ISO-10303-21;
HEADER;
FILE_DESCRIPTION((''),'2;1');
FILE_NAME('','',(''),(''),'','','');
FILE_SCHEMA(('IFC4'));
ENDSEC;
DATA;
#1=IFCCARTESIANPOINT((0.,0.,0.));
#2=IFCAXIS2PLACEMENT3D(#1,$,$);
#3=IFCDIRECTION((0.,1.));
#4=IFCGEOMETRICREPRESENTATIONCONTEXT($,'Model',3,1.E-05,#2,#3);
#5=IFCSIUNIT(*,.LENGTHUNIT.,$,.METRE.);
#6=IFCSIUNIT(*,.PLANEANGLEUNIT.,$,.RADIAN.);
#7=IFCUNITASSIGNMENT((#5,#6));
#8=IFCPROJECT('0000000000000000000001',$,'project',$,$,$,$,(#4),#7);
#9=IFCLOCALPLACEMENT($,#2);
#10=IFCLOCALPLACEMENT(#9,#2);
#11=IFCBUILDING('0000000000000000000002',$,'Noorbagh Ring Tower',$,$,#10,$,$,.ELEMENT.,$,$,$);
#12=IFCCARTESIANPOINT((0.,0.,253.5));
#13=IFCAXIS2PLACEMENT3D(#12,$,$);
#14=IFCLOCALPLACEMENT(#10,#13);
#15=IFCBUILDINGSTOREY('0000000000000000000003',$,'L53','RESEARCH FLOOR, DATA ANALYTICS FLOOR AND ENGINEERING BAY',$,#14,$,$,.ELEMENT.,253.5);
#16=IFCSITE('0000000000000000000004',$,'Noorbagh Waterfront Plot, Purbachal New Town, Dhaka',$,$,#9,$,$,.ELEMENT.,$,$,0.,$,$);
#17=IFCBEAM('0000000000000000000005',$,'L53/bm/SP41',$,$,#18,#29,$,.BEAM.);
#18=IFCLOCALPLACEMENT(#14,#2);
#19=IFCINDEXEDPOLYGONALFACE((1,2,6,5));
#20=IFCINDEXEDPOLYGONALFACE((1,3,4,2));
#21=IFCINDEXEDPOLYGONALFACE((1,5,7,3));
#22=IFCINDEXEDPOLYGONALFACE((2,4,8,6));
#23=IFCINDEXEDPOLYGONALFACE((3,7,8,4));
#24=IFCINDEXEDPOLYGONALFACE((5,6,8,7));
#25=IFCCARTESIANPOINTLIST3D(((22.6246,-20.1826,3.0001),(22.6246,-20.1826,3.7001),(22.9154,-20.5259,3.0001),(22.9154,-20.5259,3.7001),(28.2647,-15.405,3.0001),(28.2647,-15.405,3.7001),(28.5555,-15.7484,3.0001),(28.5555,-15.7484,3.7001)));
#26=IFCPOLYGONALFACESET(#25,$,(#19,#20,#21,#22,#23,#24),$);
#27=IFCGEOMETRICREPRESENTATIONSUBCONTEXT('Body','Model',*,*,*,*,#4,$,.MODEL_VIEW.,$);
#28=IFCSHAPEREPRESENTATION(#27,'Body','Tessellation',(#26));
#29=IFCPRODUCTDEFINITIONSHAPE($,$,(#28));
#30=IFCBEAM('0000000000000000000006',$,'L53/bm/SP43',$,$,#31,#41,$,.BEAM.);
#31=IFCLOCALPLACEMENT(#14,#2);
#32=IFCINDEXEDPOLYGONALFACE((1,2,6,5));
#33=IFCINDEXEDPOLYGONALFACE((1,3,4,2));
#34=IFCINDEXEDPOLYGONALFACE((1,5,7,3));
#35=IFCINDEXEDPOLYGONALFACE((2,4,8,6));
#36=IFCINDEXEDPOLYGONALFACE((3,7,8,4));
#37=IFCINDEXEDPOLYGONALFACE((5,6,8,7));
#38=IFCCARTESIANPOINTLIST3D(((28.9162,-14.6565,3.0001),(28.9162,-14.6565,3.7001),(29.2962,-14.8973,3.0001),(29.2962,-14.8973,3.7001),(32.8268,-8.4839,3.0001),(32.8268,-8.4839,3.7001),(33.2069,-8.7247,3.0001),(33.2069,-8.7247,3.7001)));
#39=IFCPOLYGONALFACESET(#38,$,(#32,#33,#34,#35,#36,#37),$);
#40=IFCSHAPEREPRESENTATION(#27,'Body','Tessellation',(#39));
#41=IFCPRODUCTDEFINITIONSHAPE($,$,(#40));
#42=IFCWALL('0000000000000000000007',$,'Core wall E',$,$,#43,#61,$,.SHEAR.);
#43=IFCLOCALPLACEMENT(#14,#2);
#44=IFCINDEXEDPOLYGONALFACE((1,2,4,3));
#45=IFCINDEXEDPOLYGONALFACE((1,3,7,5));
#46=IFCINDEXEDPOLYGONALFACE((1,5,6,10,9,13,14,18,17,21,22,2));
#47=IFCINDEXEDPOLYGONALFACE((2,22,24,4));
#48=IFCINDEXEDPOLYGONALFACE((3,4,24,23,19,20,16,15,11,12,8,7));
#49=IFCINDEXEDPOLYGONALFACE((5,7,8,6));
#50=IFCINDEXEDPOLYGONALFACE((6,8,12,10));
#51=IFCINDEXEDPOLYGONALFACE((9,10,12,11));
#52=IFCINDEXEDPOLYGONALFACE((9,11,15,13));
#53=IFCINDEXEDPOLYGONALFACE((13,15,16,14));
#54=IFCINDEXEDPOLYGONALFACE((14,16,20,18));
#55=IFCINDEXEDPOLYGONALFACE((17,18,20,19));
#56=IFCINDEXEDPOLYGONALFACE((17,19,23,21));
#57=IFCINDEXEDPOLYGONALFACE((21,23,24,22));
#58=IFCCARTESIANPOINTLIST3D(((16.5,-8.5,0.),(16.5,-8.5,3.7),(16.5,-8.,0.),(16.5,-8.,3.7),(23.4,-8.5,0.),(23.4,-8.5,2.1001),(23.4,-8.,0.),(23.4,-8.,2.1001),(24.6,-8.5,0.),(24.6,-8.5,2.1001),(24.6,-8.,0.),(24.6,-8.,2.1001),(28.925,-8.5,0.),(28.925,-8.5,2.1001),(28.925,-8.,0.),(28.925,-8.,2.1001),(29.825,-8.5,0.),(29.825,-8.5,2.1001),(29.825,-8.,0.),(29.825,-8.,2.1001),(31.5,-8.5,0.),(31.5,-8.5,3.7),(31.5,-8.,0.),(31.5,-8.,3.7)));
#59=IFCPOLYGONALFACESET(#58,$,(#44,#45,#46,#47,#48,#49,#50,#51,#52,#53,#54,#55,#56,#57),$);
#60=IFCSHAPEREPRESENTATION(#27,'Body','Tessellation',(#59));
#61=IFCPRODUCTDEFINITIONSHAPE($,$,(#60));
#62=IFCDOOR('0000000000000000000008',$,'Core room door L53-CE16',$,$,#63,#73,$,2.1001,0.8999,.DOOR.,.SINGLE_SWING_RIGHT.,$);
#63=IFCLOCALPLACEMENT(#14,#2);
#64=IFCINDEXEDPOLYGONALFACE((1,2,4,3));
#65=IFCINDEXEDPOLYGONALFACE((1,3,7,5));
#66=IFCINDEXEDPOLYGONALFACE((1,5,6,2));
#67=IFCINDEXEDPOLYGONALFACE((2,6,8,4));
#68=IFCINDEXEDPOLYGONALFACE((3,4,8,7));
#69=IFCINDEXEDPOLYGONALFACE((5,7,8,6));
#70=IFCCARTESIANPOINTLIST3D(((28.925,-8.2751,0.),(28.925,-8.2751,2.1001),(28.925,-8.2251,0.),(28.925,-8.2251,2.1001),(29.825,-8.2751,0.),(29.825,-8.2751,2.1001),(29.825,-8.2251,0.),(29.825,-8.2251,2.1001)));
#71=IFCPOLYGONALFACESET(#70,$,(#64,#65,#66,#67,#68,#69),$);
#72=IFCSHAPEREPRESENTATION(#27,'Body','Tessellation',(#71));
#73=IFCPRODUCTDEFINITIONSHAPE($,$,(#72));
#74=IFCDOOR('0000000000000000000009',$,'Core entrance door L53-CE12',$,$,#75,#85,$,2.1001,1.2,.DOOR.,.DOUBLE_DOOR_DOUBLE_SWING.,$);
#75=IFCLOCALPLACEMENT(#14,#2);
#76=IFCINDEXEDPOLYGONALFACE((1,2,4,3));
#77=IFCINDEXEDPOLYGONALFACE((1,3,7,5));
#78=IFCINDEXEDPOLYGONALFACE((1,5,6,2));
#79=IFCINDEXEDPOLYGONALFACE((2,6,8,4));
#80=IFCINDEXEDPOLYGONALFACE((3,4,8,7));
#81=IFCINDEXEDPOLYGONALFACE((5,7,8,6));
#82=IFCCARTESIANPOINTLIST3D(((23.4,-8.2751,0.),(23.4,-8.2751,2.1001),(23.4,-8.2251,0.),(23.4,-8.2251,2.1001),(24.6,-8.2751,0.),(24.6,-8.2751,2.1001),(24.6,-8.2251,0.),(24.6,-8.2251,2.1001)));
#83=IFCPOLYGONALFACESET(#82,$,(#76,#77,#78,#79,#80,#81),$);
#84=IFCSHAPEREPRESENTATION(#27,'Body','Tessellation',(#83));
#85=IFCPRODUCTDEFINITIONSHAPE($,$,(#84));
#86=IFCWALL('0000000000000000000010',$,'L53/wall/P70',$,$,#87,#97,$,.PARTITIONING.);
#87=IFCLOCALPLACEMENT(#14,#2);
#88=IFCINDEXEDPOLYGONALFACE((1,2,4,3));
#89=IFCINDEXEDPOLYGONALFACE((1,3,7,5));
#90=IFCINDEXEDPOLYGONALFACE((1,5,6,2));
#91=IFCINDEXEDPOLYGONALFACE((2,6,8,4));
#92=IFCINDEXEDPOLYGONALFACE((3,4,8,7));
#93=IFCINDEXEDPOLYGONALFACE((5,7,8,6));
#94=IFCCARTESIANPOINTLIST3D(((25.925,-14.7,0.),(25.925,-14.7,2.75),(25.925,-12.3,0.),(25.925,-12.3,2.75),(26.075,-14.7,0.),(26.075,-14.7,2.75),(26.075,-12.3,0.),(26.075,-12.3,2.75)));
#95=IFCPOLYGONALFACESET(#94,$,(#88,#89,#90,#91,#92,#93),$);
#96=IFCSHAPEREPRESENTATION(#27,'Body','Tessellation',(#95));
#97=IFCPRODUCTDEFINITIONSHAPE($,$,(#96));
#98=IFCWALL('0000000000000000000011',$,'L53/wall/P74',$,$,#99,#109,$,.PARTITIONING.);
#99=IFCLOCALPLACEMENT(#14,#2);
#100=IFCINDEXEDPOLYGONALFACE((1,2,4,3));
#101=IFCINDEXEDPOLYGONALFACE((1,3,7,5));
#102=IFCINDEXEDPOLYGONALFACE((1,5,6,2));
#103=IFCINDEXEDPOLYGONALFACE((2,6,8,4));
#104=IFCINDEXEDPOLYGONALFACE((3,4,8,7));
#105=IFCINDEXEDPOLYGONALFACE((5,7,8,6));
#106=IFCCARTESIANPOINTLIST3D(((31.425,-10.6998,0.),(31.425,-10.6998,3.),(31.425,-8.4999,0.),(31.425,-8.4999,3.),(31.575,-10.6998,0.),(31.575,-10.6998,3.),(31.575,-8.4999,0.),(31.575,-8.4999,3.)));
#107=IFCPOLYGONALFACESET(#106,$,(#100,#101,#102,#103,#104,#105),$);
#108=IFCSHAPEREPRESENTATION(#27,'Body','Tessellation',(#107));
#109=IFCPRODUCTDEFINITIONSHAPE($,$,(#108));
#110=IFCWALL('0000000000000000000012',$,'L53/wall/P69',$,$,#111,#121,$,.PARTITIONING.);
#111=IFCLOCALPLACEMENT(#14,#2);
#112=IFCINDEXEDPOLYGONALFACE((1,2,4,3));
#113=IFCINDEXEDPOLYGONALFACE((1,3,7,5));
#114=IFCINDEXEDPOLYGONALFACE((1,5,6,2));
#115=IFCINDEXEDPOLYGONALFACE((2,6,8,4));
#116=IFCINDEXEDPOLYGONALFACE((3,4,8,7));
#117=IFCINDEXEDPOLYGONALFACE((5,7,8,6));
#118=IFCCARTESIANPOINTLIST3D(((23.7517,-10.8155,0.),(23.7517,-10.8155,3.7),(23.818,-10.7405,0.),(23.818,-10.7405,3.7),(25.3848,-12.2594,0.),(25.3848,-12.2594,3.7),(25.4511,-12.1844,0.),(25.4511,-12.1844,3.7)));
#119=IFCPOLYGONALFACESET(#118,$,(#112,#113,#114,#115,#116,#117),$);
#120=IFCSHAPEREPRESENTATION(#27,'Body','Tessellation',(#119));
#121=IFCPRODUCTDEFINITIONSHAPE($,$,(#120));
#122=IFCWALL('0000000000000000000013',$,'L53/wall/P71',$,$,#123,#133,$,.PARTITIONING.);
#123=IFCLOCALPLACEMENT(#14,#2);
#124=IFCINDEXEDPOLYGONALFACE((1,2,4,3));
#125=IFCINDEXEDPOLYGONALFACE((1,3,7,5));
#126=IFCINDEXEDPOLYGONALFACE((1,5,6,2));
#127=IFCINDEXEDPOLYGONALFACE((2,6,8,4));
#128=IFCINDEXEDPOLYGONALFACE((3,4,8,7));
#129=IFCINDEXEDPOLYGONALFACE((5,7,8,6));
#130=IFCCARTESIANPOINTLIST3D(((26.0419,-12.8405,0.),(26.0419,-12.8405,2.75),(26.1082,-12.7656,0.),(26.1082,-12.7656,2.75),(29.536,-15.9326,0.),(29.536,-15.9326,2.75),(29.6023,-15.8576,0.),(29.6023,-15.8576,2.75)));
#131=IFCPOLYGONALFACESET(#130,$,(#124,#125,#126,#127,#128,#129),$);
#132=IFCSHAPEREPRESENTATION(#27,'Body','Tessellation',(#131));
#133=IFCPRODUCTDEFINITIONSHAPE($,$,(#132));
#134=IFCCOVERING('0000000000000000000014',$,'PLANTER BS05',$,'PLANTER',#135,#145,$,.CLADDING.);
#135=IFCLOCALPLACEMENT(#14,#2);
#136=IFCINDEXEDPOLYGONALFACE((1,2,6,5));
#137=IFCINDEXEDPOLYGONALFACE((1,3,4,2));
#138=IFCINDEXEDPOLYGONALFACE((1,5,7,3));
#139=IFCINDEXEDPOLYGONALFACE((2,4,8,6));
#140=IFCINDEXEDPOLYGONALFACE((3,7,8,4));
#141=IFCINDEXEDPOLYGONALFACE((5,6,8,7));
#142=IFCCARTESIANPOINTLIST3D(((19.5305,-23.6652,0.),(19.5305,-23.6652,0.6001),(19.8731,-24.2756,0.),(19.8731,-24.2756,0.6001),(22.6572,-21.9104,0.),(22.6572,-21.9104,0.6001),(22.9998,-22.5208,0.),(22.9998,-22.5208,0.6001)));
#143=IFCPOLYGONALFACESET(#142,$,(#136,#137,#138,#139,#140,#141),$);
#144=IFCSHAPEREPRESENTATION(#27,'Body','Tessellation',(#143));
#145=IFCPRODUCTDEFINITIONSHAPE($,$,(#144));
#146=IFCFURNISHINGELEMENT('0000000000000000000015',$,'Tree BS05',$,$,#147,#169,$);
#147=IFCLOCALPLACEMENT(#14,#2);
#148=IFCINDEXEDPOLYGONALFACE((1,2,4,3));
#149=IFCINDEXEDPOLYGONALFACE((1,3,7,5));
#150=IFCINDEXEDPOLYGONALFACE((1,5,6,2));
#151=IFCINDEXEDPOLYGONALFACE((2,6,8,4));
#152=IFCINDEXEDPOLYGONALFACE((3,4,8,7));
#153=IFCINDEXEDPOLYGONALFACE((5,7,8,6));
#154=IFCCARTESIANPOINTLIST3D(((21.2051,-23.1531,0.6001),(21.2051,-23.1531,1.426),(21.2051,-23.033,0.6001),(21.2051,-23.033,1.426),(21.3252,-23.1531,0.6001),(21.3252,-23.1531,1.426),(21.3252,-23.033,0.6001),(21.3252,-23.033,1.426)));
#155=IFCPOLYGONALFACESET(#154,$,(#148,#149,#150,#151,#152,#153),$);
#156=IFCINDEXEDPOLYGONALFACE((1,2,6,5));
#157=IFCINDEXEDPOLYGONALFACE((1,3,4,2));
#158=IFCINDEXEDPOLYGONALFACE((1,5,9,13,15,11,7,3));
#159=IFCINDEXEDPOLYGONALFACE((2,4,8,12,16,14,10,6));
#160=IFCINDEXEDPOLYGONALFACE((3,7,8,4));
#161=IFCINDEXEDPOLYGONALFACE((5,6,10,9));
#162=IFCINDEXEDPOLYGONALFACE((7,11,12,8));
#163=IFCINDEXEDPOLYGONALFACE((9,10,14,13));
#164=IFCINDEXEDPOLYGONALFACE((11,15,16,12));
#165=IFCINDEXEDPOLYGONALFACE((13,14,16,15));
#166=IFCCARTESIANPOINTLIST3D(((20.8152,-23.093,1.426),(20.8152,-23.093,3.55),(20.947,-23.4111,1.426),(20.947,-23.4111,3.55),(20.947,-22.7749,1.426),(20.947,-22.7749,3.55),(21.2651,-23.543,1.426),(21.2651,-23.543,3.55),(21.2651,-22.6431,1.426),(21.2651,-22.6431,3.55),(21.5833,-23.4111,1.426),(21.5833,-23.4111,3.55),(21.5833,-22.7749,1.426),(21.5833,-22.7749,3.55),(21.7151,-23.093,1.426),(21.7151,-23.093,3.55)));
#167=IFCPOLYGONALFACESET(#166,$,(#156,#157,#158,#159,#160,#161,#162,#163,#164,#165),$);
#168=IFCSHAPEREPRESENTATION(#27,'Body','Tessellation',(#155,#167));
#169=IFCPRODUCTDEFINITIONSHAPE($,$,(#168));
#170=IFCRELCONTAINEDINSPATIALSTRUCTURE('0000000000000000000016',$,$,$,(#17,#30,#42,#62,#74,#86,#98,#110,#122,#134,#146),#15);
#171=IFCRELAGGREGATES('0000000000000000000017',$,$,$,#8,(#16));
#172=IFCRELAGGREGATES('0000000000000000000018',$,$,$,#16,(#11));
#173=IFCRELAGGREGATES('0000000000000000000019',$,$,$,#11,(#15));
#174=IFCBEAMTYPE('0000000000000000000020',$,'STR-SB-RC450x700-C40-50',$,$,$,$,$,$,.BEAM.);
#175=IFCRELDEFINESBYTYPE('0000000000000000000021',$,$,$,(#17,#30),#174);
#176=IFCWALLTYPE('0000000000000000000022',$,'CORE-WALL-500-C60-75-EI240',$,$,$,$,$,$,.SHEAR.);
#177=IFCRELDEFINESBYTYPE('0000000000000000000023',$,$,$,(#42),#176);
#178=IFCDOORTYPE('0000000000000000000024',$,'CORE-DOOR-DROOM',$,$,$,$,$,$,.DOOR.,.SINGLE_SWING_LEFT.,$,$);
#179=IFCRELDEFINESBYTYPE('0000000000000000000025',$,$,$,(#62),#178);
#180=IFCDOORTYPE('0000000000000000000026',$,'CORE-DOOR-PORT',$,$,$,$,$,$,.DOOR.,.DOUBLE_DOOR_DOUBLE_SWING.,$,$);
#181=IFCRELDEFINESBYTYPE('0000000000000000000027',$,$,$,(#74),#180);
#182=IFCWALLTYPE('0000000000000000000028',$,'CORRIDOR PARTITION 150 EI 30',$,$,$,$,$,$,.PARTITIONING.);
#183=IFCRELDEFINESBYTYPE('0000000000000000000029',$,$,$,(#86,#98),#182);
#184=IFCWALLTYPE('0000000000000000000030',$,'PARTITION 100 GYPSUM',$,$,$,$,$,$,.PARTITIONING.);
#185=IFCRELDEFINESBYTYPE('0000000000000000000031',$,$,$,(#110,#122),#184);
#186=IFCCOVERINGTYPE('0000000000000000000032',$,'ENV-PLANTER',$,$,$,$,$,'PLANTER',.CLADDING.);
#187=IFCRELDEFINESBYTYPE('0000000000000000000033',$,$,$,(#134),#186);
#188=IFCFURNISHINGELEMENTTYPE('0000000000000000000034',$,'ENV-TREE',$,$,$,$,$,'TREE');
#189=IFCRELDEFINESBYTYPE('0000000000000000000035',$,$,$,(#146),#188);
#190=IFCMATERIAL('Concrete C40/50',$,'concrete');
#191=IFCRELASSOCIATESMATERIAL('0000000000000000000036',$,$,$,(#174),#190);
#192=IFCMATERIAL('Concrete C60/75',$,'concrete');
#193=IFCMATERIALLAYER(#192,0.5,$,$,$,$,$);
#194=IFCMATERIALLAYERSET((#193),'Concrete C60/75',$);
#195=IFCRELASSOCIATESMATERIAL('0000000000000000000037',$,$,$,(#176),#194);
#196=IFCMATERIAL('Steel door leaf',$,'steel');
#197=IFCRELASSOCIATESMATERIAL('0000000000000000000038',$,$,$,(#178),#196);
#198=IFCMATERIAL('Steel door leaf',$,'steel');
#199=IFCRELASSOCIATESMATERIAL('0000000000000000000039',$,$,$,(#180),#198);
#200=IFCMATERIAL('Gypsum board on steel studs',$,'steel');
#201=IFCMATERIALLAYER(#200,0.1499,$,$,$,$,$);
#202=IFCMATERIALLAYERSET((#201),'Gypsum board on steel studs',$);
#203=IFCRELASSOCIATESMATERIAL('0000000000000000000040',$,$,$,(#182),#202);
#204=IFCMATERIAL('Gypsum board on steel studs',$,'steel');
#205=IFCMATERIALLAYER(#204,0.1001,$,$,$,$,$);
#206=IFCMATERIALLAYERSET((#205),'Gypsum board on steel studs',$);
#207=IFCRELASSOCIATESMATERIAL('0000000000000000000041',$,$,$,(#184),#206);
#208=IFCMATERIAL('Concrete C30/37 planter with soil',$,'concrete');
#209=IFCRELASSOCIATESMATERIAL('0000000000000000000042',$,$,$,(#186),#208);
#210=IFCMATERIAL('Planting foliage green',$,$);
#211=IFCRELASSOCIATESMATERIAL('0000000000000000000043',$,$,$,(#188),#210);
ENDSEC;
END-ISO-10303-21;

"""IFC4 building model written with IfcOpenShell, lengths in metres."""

from ifc_helpers import new_model, si_unit, direction, frame, frame_2d, origin, origin_2d, place, context, subcontext, project, spatial, polyline, rectangle, outline, extrude, material, layer, layer_set, material_profile, profile_set, type_object, element, fill, save


model = new_model("IFC4")

# Units and contexts
model_context = context("Model", 3, precision=1e-05, world=origin(), true_north=direction((0.0, 1.0)))
body_context = subcontext(model_context, "Body", "Model", "MODEL_VIEW")
ifc_project = project(units=[si_unit("LENGTHUNIT", "METRE"), si_unit("PLANEANGLEUNIT", "RADIAN")], contexts=[model_context])

# Site, building, storey
site_placement = place(None, origin())
site = spatial("IfcSite", under=ifc_project, at=site_placement, Name="Noorbagh Waterfront Plot, Purbachal New Town, Dhaka", CompositionType="ELEMENT", RefElevation=0.0)
building_placement = place(site_placement, origin())
building = spatial("IfcBuilding", under=site, at=building_placement, Name="Noorbagh Ring Tower", CompositionType="ELEMENT")
storey_placement = place(building_placement, frame((0.0, 0.0, 253.5)))
storey = spatial("IfcBuildingStorey", under=building, at=storey_placement, Name="L53", Description="RESEARCH FLOOR, DATA ANALYTICS FLOOR AND ENGINEERING BAY", CompositionType="ELEMENT", Elevation=253.5)

# Beams
ifc_material_1 = material(Name="Concrete C40/50", Category="concrete")
ifc_material_profile_1 = material_profile(ifc_material_1, rectangle(XDim=0.45, YDim=0.7, at=origin_2d()), Name="RC450x700")
ifc_profile_set_1 = profile_set([ifc_material_profile_1], Name="Concrete C40/50")
beam_type_1 = type_object("IfcBeamType", Name="STR-SB-RC450x700-C40-50", PredefinedType="BEAM", material=ifc_profile_set_1)
beam_1_placement = place(storey_placement, frame((22.77, -20.3542, 3.3501), z_axis=(0.763042, 0.646349, 0.0), x_axis=(-0.646349, 0.763042, 0.0)))
element("IfcBeam", 1, at=beam_1_placement, inside=storey, type_object=beam_type_1, Name="L53/bm/SP41", PredefinedType="BEAM", context=body_context, shape_type="SweptSolid", body=[
    extrude(rectangle(XDim=0.45, YDim=0.7, at=origin_2d()), origin(), (0.0, 0.0, 1.0), 7.3916),
])
beam_2_placement = place(storey_placement, frame((29.1062, -14.7769, 3.3501), z_axis=(0.535182, 0.844737, 0.0), x_axis=(-0.844737, 0.535182, 0.0)))
element("IfcBeam", 2, at=beam_2_placement, inside=storey, type_object=beam_type_1, Name="L53/bm/SP43", PredefinedType="BEAM", context=body_context, shape_type="SweptSolid", body=[
    extrude(rectangle(XDim=0.45, YDim=0.7, at=origin_2d()), origin(), (0.0, 0.0, 1.0), 7.3071),
])

# Wall, openings, doors
ifc_material_2 = material(Name="Concrete C60/75", Category="concrete")
ifc_layer_1 = layer(ifc_material_2, 0.5)
ifc_layer_set_1 = layer_set([ifc_layer_1], Name="Concrete C60/75")
wall_type_1 = type_object("IfcWallType", Name="CORE-WALL-500-C60-75-EI240", PredefinedType="SHEAR", material=ifc_layer_set_1)
wall_1_placement = place(storey_placement, frame((16.5, -8.25, 0.0), z_axis=(0.0, 0.0, 1.0), x_axis=(1.0, 0.0, 0.0)))
wall_1 = element("IfcWall", 3, at=wall_1_placement, inside=storey, type_object=wall_type_1, Name="Core wall E", PredefinedType="SHEAR", context=body_context, shape_type="SweptSolid", body=[
    extrude(rectangle(XDim=15.0, YDim=0.5, at=frame_2d((7.5, 0.0))), origin(), (0.0, 0.0, 1.0), 3.7),
])
opening_1_placement = place(wall_1_placement, frame((6.8999, 0.0, 0.0)))
opening_1 = element("IfcOpeningElement", 4, at=opening_1_placement, cuts=wall_1, PredefinedType="OPENING", context=body_context, shape_type="SweptSolid", body=[
    extrude(rectangle(XDim=1.2, YDim=2.1001, at=frame_2d((0.6001, 1.05))), frame((0.0, 0.26, 0.0), z_axis=(0.0, -1.0, 0.0), x_axis=(1.0, 0.0, 0.0)), (0.0, 0.0, 1.0), 0.52),
])
opening_2_placement = place(wall_1_placement, frame((12.425, 0.0, 0.0)))
opening_2 = element("IfcOpeningElement", 5, at=opening_2_placement, cuts=wall_1, PredefinedType="OPENING", context=body_context, shape_type="SweptSolid", body=[
    extrude(rectangle(XDim=0.8999, YDim=2.1001, at=frame_2d((0.45, 1.05))), frame((0.0, 0.26, 0.0), z_axis=(0.0, -1.0, 0.0), x_axis=(1.0, 0.0, 0.0)), (0.0, 0.0, 1.0), 0.52),
])
ifc_material_3 = material(Name="Steel door leaf", Category="steel")
door_type_1 = type_object("IfcDoorType", Name="CORE-DOOR-DROOM", OperationType="SINGLE_SWING_LEFT", PredefinedType="DOOR", material=ifc_material_3)
door_1_placement = place(opening_2_placement, origin())
door_1 = element("IfcDoor", 6, at=door_1_placement, inside=storey, type_object=door_type_1, Name="Core room door L53-CE16", OperationType="SINGLE_SWING_RIGHT", OverallHeight=2.1001, OverallWidth=0.8999, PredefinedType="DOOR", context=body_context, shape_type="SweptSolid", body=[
    extrude(rectangle(XDim=0.8999, YDim=2.1001, at=frame_2d((0.45, 1.05))), frame((0.0, 0.0249, 0.0), z_axis=(0.0, -1.0, 0.0), x_axis=(1.0, 0.0, 0.0)), (0.0, 0.0, 1.0), 0.05),
])
fill(opening_2, door_1)
ifc_material_4 = material(Name="Steel door leaf", Category="steel")
door_type_2 = type_object("IfcDoorType", Name="CORE-DOOR-PORT", OperationType="DOUBLE_DOOR_DOUBLE_SWING", PredefinedType="DOOR", material=ifc_material_4)
door_2_placement = place(opening_1_placement, origin())
door_2 = element("IfcDoor", 7, at=door_2_placement, inside=storey, type_object=door_type_2, Name="Core entrance door L53-CE12", OperationType="DOUBLE_DOOR_DOUBLE_SWING", OverallHeight=2.1001, OverallWidth=1.2, PredefinedType="DOOR", context=body_context, shape_type="SweptSolid", body=[
    extrude(rectangle(XDim=1.2, YDim=2.1001, at=frame_2d((0.6001, 1.05))), frame((0.0, 0.0249, 0.0), z_axis=(0.0, -1.0, 0.0), x_axis=(1.0, 0.0, 0.0)), (0.0, 0.0, 1.0), 0.05),
])
fill(opening_1, door_2)

# Walls
ifc_material_5 = material(Name="Gypsum board on steel studs", Category="steel")
ifc_layer_2 = layer(ifc_material_5, 0.1499)
ifc_layer_set_2 = layer_set([ifc_layer_2], Name="Gypsum board on steel studs")
wall_type_2 = type_object("IfcWallType", Name="CORRIDOR PARTITION 150 EI 30", PredefinedType="PARTITIONING", material=ifc_layer_set_2)
wall_2_placement = place(storey_placement, frame((26.0, -14.7, 0.0), z_axis=(0.0, 0.0, 1.0), x_axis=(0.0, 1.0, 0.0)))
element("IfcWall", 8, at=wall_2_placement, inside=storey, type_object=wall_type_2, Name="L53/wall/P70", PredefinedType="PARTITIONING", context=body_context, shape_type="SweptSolid", body=[
    extrude(rectangle(XDim=2.3999, YDim=0.1499, at=frame_2d((1.2, 0.0))), origin(), (0.0, 0.0, 1.0), 2.75),
])
wall_3_placement = place(storey_placement, frame((31.5, -10.7, 0.0), z_axis=(0.0, 0.0, 1.0), x_axis=(0.0, 1.0, 0.0)))
element("IfcWall", 9, at=wall_3_placement, inside=storey, type_object=wall_type_2, Name="L53/wall/P74", PredefinedType="PARTITIONING", context=body_context, shape_type="SweptSolid", body=[
    extrude(rectangle(XDim=2.2, YDim=0.1499, at=frame_2d((1.1001, 0.0))), origin(), (0.0, 0.0, 1.0), 3.0),
])
ifc_material_6 = material(Name="Gypsum board on steel studs", Category="steel")
ifc_layer_3 = layer(ifc_material_6, 0.1001)
ifc_layer_set_3 = layer_set([ifc_layer_3], Name="Gypsum board on steel studs")
wall_type_3 = type_object("IfcWallType", Name="PARTITION 100 GYPSUM", PredefinedType="PARTITIONING", material=ifc_layer_set_3)
wall_4_placement = place(storey_placement, frame((23.7849, -10.7781, 0.0), z_axis=(0.0, 0.0, 1.0), x_axis=(0.749174, -0.662373, 0.0)))
element("IfcWall", 10, at=wall_4_placement, inside=storey, type_object=wall_type_3, Name="L53/wall/P69", PredefinedType="PARTITIONING", context=body_context, shape_type="SweptSolid", body=[
    extrude(rectangle(XDim=2.1799, YDim=0.1001, at=frame_2d((1.0898, 0.0))), origin(), (0.0, 0.0, 1.0), 3.7),
])
wall_5_placement = place(storey_placement, frame((26.075, -12.803, 0.0), z_axis=(0.0, 0.0, 1.0), x_axis=(0.748883, -0.662703, 0.0)))
element("IfcWall", 11, at=wall_5_placement, inside=storey, type_object=wall_type_3, Name="L53/wall/P71", PredefinedType="PARTITIONING", context=body_context, shape_type="SweptSolid", body=[
    extrude(rectangle(XDim=4.6658, YDim=0.1001, at=frame_2d((2.333, 0.0))), origin(), (0.0, 0.0, 1.0), 2.75),
])

# Covering
ifc_material_7 = material(Name="Concrete C30/37 planter with soil", Category="concrete")
covering_type = type_object("IfcCoveringType", Name="ENV-PLANTER", ElementType="PLANTER", PredefinedType="CLADDING", material=ifc_material_7)
covering_placement = place(storey_placement, frame((21.2651, -23.093, 0.0), z_axis=(0.0, 0.0, 1.0), x_axis=(0.872045, 0.489426, 0.0)))
element("IfcCovering", 12, at=covering_placement, inside=storey, type_object=covering_type, Name="PLANTER BS05", ObjectType="PLANTER", PredefinedType="CLADDING", context=body_context, shape_type="SweptSolid", body=[
    extrude(rectangle(XDim=3.5854, YDim=0.7, at=origin_2d()), origin(), (0.0, 0.0, 1.0), 0.6001),
])

# Furnishing element
ifc_material_8 = material(Name="Planting foliage green")
furnishing_element_type = type_object("IfcFurnishingElementType", Name="ENV-TREE", ElementType="TREE", material=ifc_material_8)
furnishing_placement = place(storey_placement, frame((21.2651, -23.093, 0.6001), z_axis=(0.0, 0.0, 1.0), x_axis=(1.0, 0.0, 0.0)))
element("IfcFurnishingElement", 13, at=furnishing_placement, inside=storey, type_object=furnishing_element_type, Name="Tree BS05", context=body_context, shape_type="SweptSolid", body=[
    extrude(rectangle(XDim=0.1201, YDim=0.1201, at=origin_2d()), origin(), (0.0, 0.0, 1.0), 0.8259),
    extrude(outline(polyline([(0.45, 0.0), (0.3181, 0.3181), (0.0, 0.45), (-0.3181, 0.3181), (-0.45, 0.0), (-0.3181, -0.3181), (0.0, -0.45), (0.3181, -0.3181), (0.45, 0.0)])), frame((0.0, 0.0, 0.8259)), (0.0, 0.0, 1.0), 2.124),
])

save(model, "model.ifc")
